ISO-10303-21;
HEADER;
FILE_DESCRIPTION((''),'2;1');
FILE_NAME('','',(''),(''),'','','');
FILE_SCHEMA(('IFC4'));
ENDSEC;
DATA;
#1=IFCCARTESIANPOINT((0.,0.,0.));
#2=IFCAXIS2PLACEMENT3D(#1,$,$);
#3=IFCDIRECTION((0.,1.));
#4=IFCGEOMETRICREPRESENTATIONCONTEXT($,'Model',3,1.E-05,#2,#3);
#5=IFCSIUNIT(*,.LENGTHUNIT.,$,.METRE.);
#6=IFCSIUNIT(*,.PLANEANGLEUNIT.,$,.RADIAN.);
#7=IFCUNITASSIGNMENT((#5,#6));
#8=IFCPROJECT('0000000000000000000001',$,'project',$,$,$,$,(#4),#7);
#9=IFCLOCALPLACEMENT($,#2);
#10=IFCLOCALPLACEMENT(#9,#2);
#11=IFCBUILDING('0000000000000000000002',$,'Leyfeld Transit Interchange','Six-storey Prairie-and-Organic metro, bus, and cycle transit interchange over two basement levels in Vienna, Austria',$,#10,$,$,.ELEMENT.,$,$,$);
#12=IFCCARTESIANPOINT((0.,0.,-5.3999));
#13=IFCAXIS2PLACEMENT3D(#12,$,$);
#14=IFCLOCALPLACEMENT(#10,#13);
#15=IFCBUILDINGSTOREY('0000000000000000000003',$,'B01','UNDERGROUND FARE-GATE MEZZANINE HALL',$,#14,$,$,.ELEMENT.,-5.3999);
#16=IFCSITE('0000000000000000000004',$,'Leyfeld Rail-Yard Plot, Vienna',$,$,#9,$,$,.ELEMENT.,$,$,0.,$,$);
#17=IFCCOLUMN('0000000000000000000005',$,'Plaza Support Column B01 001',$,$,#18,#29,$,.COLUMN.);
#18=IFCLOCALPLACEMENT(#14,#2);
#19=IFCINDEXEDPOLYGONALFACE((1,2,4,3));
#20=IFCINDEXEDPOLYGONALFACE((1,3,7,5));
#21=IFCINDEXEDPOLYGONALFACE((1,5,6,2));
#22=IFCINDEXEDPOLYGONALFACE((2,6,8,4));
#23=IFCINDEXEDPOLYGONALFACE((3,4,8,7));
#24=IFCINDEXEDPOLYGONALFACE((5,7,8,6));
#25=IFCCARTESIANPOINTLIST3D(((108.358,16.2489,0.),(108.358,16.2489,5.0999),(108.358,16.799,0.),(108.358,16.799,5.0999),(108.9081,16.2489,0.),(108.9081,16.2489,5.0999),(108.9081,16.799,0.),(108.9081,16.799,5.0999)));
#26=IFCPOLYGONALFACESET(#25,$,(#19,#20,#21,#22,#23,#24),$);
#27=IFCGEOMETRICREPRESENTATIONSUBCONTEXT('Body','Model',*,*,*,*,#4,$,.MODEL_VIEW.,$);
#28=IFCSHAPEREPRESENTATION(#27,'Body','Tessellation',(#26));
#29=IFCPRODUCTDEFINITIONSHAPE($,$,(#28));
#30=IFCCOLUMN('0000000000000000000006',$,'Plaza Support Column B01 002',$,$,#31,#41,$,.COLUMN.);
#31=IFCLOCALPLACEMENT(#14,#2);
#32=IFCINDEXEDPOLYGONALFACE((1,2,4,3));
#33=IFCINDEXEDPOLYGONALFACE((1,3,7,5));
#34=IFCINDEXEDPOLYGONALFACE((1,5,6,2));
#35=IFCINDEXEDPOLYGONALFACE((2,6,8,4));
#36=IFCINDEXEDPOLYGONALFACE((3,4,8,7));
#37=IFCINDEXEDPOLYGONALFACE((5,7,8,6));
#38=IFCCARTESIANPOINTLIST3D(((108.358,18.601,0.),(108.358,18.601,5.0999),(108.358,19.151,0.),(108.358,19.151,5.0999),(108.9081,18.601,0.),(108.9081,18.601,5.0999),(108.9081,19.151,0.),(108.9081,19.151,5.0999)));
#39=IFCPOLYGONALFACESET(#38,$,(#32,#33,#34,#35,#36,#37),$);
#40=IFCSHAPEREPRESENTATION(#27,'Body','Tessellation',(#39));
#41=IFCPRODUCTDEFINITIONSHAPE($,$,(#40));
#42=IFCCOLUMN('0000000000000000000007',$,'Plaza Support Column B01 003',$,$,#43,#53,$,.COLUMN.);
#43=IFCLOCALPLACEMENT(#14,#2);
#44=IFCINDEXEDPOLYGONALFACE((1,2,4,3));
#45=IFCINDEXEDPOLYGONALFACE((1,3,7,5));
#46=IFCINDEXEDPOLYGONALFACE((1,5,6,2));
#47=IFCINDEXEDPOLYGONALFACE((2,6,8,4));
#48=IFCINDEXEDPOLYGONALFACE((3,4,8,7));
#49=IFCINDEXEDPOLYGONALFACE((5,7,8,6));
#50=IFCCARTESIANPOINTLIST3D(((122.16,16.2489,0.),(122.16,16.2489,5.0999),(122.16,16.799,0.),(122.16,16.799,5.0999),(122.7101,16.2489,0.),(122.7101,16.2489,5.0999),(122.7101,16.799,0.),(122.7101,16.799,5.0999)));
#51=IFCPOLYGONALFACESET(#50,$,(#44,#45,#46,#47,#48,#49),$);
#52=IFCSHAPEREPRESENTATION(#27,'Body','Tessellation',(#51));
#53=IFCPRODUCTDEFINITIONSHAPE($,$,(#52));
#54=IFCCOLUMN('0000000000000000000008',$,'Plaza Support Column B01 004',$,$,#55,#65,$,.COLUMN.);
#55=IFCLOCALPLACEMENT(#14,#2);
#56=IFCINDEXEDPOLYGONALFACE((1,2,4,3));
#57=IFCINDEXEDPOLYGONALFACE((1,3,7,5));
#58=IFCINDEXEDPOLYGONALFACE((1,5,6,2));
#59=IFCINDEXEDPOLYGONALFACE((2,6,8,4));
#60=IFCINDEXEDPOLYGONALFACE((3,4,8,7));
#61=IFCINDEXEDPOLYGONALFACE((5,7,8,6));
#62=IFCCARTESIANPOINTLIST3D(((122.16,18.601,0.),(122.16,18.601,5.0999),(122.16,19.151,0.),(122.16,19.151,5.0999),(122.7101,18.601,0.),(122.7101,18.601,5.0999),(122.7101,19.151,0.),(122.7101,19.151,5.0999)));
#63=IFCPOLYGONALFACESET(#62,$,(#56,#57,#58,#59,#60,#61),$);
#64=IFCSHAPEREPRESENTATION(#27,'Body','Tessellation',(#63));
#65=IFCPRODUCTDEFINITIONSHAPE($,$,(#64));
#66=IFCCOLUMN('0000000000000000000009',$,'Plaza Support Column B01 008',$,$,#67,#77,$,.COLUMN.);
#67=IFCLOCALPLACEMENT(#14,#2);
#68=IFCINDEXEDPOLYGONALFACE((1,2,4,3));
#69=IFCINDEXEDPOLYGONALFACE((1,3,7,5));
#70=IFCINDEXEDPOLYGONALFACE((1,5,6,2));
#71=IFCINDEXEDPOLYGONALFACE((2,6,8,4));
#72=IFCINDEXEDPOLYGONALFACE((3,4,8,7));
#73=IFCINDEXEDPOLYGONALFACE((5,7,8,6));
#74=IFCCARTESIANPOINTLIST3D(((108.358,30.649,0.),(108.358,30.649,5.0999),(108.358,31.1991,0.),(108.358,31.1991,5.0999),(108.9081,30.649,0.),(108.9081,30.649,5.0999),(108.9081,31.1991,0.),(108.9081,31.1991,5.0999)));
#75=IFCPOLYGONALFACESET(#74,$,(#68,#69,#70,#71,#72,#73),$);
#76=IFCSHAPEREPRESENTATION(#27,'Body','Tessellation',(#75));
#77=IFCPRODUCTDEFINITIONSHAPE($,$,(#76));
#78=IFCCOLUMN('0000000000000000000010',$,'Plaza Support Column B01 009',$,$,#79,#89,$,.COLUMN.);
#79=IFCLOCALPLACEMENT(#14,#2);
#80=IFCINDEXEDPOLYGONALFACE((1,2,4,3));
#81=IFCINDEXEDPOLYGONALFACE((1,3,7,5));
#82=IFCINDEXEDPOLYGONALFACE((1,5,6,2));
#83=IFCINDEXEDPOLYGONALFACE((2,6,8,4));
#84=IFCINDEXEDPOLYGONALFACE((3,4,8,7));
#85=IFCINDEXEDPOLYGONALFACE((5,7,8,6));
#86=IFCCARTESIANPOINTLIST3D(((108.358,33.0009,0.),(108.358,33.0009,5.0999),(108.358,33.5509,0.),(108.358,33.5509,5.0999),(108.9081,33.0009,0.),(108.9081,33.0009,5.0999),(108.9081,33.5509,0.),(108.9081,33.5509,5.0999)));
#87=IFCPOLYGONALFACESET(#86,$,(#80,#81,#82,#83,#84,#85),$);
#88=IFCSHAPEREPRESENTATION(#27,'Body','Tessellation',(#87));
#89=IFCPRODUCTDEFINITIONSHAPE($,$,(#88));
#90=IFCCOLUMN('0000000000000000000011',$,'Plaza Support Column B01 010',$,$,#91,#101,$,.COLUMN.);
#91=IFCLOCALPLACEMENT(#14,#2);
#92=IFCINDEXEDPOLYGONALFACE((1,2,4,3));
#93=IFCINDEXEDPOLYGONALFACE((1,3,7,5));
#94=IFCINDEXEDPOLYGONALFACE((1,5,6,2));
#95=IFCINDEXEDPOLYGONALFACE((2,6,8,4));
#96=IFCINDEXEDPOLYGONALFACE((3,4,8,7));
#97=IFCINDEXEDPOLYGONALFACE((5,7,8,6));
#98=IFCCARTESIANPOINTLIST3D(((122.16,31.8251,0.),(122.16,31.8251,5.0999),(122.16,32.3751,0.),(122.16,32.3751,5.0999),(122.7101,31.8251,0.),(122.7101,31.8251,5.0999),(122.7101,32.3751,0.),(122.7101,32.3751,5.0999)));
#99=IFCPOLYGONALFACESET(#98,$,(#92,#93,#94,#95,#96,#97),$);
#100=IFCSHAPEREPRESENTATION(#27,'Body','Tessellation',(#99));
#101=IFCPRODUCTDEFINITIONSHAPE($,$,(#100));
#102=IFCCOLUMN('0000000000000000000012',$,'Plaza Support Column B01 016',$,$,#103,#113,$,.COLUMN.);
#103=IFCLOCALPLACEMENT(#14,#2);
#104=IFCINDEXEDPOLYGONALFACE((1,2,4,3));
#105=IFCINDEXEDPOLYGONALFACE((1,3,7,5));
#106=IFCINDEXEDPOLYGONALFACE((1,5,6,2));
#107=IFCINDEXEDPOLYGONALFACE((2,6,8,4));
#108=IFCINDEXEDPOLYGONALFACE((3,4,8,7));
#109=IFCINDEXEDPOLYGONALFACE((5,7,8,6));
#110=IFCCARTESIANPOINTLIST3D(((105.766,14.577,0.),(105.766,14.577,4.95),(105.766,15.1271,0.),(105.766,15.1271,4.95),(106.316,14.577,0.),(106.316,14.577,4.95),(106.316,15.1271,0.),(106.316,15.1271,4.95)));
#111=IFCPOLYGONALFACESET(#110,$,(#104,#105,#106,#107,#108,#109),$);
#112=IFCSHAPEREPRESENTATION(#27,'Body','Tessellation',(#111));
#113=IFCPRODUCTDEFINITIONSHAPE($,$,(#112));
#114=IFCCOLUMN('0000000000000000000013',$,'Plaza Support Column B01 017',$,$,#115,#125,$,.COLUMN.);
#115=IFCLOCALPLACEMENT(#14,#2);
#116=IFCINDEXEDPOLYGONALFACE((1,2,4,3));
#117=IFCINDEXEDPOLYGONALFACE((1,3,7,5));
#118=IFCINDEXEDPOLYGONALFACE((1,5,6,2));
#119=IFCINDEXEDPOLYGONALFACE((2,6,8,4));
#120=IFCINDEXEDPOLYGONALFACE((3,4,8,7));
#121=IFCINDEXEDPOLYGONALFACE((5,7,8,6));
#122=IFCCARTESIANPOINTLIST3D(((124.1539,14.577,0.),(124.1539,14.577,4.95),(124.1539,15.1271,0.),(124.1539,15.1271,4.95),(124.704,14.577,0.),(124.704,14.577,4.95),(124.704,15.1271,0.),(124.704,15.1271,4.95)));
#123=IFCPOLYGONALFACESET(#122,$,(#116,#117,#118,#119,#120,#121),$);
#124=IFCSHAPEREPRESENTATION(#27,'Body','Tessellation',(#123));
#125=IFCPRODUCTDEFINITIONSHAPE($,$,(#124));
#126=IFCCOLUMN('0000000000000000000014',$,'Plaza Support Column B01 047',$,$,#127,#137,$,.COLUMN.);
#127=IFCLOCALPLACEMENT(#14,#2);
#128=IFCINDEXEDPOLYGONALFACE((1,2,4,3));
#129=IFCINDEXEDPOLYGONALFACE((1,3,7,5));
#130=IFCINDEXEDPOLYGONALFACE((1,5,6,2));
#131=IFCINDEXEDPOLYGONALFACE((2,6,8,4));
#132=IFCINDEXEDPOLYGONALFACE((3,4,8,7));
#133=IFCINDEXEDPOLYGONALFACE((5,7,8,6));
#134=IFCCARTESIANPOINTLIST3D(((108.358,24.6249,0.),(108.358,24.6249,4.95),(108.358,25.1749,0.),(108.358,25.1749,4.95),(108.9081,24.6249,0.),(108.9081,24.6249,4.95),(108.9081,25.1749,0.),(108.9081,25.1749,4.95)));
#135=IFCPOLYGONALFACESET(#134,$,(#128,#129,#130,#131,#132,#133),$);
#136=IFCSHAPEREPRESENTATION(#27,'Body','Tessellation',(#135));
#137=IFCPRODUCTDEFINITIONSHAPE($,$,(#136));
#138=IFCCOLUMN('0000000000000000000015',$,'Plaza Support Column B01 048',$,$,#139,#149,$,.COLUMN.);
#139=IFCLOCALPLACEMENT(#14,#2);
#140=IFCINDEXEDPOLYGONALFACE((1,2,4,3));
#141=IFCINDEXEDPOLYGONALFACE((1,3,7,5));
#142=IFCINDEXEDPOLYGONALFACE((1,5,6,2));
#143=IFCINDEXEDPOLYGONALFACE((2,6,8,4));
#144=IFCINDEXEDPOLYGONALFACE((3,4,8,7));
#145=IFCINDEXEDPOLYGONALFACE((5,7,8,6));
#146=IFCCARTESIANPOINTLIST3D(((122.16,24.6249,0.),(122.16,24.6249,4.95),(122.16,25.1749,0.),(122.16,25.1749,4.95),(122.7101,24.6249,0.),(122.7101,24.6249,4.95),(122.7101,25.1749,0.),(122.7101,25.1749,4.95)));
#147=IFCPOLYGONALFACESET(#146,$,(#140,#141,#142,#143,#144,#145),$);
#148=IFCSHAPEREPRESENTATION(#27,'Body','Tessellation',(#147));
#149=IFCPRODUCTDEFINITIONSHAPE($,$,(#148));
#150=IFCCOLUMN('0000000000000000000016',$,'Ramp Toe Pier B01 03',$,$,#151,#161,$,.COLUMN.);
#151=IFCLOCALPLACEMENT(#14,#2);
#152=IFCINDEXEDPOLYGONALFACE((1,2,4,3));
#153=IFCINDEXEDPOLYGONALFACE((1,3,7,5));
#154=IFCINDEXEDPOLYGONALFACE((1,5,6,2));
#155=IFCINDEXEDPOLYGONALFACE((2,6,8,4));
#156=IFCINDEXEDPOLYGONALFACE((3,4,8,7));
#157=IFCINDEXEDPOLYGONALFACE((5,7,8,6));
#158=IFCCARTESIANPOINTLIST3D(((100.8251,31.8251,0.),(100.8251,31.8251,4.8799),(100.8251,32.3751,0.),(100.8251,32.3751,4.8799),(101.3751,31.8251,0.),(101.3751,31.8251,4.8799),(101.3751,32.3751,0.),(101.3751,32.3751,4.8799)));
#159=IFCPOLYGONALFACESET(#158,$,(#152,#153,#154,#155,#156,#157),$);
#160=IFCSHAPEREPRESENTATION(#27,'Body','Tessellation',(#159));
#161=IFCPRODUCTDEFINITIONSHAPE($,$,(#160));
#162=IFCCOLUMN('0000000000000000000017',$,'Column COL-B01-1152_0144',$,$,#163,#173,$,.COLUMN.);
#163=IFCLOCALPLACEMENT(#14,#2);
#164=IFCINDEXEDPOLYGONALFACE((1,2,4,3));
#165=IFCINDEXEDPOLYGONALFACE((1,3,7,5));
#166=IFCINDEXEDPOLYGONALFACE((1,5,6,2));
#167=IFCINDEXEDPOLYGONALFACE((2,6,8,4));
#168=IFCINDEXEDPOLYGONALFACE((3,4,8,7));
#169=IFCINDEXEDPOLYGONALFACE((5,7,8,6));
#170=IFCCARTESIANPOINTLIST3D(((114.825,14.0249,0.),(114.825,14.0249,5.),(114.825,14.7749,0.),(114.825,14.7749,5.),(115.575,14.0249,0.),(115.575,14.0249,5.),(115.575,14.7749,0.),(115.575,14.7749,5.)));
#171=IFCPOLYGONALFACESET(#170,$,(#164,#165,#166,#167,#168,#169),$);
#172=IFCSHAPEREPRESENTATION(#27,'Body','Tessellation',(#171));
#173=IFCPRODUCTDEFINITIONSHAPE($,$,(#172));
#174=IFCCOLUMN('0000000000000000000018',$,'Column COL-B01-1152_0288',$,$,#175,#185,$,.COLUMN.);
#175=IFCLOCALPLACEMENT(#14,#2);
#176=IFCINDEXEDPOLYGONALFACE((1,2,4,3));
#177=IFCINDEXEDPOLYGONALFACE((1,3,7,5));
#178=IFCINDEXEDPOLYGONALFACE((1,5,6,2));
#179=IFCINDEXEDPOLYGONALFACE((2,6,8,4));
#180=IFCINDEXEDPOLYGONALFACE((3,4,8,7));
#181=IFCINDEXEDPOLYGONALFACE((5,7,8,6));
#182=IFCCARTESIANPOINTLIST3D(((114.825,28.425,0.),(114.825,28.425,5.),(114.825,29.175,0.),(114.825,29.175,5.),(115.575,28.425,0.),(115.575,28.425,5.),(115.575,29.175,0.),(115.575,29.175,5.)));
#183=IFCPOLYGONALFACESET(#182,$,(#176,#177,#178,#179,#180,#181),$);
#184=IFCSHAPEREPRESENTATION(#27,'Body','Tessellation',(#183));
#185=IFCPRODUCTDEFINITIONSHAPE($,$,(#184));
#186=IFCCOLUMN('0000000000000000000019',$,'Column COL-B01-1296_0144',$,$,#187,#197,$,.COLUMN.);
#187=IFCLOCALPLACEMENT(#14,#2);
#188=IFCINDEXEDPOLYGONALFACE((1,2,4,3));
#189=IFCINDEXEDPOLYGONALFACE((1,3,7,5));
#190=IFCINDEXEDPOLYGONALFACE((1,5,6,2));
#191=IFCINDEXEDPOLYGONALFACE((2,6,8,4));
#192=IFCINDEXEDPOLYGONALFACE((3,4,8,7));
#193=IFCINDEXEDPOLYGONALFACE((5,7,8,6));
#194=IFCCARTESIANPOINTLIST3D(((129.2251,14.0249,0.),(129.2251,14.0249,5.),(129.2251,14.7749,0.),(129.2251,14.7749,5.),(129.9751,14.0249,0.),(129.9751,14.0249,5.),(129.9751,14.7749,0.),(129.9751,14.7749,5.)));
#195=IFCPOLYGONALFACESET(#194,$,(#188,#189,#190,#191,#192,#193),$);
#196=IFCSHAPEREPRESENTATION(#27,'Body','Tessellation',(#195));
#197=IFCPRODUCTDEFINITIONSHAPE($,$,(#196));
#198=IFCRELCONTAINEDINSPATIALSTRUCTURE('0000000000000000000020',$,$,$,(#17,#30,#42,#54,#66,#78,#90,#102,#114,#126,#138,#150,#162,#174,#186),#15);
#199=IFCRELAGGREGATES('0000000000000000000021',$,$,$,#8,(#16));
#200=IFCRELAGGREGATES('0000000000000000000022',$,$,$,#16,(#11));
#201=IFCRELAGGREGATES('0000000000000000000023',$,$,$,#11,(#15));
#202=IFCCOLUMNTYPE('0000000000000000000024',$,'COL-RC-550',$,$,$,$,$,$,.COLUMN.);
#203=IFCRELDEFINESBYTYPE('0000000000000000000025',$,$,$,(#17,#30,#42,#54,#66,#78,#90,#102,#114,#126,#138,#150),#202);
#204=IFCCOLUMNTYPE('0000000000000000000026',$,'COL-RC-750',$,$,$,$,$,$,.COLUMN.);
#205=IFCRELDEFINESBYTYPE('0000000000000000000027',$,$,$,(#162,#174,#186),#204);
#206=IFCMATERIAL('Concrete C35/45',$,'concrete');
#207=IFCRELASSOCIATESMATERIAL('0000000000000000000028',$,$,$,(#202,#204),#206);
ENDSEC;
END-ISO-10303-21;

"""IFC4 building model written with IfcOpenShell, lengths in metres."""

from ifc_helpers import new_model, si_unit, direction, frame, origin, origin_2d, place, context, subcontext, project, spatial, rectangle, extrude, material, material_profile, profile_set, type_object, element, save


model = new_model("IFC4")

# Units and contexts
model_context = context("Model", 3, precision=1e-05, world=origin(), true_north=direction((0.0, 1.0)))
body_context = subcontext(model_context, "Body", "Model", "MODEL_VIEW")
ifc_project = project(units=[si_unit("LENGTHUNIT", "METRE"), si_unit("PLANEANGLEUNIT", "RADIAN")], contexts=[model_context])

# Site, building, storey
site_placement = place(None, origin())
site = spatial("IfcSite", under=ifc_project, at=site_placement, Name="Leyfeld Rail-Yard Plot, Vienna", CompositionType="ELEMENT", RefElevation=0.0)
building_placement = place(site_placement, origin())
building = spatial("IfcBuilding", under=site, at=building_placement, Name="Leyfeld Transit Interchange", Description="Six-storey Prairie-and-Organic metro, bus, and cycle transit interchange over two basement levels in Vienna, Austria", CompositionType="ELEMENT")
storey_placement = place(building_placement, frame((0.0, 0.0, -5.3999)))
storey = spatial("IfcBuildingStorey", under=building, at=storey_placement, Name="B01", Description="UNDERGROUND FARE-GATE MEZZANINE HALL", CompositionType="ELEMENT", Elevation=-5.3999)

# Columns
ifc_material_1 = material(Name="Concrete C35/45", Category="concrete")
ifc_material_profile_1 = material_profile(ifc_material_1, rectangle(XDim=0.55, YDim=0.55, at=origin_2d()), Name="RC 550x550")
ifc_profile_set_1 = profile_set([ifc_material_profile_1], Name="Concrete C35/45")
column_type_1 = type_object("IfcColumnType", Name="COL-RC-550", PredefinedType="COLUMN", material=ifc_profile_set_1)
for number, where, z_axis, x_axis, name in (
    (1, (108.6331, 16.5239, 0.0), (0.0, 0.0, 1.0), (1.0, 0.0, 0.0), "Plaza Support Column B01 001"),
    (2, (108.6331, 18.876, 0.0), (0.0, 0.0, 1.0), (1.0, 0.0, 0.0), "Plaza Support Column B01 002"),
    (3, (122.4351, 16.5239, 0.0), (0.0, 0.0, 1.0), (1.0, 0.0, 0.0), "Plaza Support Column B01 003"),
    (4, (122.4351, 18.876, 0.0), (0.0, 0.0, 1.0), (1.0, 0.0, 0.0), "Plaza Support Column B01 004"),
    (5, (108.6331, 30.9241, 0.0), (0.0, 0.0, 1.0), (1.0, 0.0, 0.0), "Plaza Support Column B01 008"),
    (6, (108.6331, 33.2759, 0.0), (0.0, 0.0, 1.0), (1.0, 0.0, 0.0), "Plaza Support Column B01 009"),
    (7, (122.4351, 32.1001, 0.0), (0.0, 0.0, 1.0), (1.0, 0.0, 0.0), "Plaza Support Column B01 010"),
):
    element("IfcColumn", number, at=place(storey_placement, frame(where, z_axis=z_axis, x_axis=x_axis)), inside=storey, type_object=column_type_1, Name=name, PredefinedType="COLUMN", context=body_context, shape_type="SweptSolid", body=[
        extrude(rectangle(XDim=0.55, YDim=0.55, at=origin_2d()), origin(), (0.0, 0.0, 1.0), 5.0999),
    ])
for number, where, z_axis, x_axis, name in (
    (8, (106.041, 14.8521, 0.0), (0.0, 0.0, 1.0), (1.0, 0.0, 0.0), "Plaza Support Column B01 016"),
    (9, (124.429, 14.8521, 0.0), (0.0, 0.0, 1.0), (1.0, 0.0, 0.0), "Plaza Support Column B01 017"),
    (10, (108.6331, 24.8999, 0.0), (0.0, 0.0, 1.0), (1.0, 0.0, 0.0), "Plaza Support Column B01 047"),
    (11, (122.4351, 24.8999, 0.0), (0.0, 0.0, 1.0), (1.0, 0.0, 0.0), "Plaza Support Column B01 048"),
):
    element("IfcColumn", number, at=place(storey_placement, frame(where, z_axis=z_axis, x_axis=x_axis)), inside=storey, type_object=column_type_1, Name=name, PredefinedType="COLUMN", context=body_context, shape_type="SweptSolid", body=[
        extrude(rectangle(XDim=0.55, YDim=0.55, at=origin_2d()), origin(), (0.0, 0.0, 1.0), 4.95),
    ])
column_placement = place(storey_placement, frame((101.1001, 32.1001, 0.0), z_axis=(0.0, 0.0, 1.0), x_axis=(1.0, 0.0, 0.0)))
element("IfcColumn", 12, at=column_placement, inside=storey, type_object=column_type_1, Name="Ramp Toe Pier B01 03", PredefinedType="COLUMN", context=body_context, shape_type="SweptSolid", body=[
    extrude(rectangle(XDim=0.55, YDim=0.55, at=origin_2d()), origin(), (0.0, 0.0, 1.0), 4.8799),
])
ifc_material_profile_2 = material_profile(ifc_material_1, rectangle(XDim=0.75, YDim=0.75, at=origin_2d()), Name="RC 750x750")
ifc_profile_set_2 = profile_set([ifc_material_profile_2], Name="Concrete C35/45")
column_type_2 = type_object("IfcColumnType", Name="COL-RC-750", PredefinedType="COLUMN", material=ifc_profile_set_2)
for number, where, z_axis, x_axis, name in (
    (13, (115.2, 14.3999, 0.0), (0.0, 0.0, 1.0), (1.0, 0.0, 0.0), "Column COL-B01-1152_0144"),
    (14, (115.2, 28.8, 0.0), (0.0, 0.0, 1.0), (1.0, 0.0, 0.0), "Column COL-B01-1152_0288"),
    (15, (129.6001, 14.3999, 0.0), (0.0, 0.0, 1.0), (1.0, 0.0, 0.0), "Column COL-B01-1296_0144"),
):
    element("IfcColumn", number, at=place(storey_placement, frame(where, z_axis=z_axis, x_axis=x_axis)), inside=storey, type_object=column_type_2, Name=name, PredefinedType="COLUMN", context=body_context, shape_type="SweptSolid", body=[
        extrude(rectangle(XDim=0.75, YDim=0.75, at=origin_2d()), origin(), (0.0, 0.0, 1.0), 5.0),
    ])

save(model, "model.ifc")
